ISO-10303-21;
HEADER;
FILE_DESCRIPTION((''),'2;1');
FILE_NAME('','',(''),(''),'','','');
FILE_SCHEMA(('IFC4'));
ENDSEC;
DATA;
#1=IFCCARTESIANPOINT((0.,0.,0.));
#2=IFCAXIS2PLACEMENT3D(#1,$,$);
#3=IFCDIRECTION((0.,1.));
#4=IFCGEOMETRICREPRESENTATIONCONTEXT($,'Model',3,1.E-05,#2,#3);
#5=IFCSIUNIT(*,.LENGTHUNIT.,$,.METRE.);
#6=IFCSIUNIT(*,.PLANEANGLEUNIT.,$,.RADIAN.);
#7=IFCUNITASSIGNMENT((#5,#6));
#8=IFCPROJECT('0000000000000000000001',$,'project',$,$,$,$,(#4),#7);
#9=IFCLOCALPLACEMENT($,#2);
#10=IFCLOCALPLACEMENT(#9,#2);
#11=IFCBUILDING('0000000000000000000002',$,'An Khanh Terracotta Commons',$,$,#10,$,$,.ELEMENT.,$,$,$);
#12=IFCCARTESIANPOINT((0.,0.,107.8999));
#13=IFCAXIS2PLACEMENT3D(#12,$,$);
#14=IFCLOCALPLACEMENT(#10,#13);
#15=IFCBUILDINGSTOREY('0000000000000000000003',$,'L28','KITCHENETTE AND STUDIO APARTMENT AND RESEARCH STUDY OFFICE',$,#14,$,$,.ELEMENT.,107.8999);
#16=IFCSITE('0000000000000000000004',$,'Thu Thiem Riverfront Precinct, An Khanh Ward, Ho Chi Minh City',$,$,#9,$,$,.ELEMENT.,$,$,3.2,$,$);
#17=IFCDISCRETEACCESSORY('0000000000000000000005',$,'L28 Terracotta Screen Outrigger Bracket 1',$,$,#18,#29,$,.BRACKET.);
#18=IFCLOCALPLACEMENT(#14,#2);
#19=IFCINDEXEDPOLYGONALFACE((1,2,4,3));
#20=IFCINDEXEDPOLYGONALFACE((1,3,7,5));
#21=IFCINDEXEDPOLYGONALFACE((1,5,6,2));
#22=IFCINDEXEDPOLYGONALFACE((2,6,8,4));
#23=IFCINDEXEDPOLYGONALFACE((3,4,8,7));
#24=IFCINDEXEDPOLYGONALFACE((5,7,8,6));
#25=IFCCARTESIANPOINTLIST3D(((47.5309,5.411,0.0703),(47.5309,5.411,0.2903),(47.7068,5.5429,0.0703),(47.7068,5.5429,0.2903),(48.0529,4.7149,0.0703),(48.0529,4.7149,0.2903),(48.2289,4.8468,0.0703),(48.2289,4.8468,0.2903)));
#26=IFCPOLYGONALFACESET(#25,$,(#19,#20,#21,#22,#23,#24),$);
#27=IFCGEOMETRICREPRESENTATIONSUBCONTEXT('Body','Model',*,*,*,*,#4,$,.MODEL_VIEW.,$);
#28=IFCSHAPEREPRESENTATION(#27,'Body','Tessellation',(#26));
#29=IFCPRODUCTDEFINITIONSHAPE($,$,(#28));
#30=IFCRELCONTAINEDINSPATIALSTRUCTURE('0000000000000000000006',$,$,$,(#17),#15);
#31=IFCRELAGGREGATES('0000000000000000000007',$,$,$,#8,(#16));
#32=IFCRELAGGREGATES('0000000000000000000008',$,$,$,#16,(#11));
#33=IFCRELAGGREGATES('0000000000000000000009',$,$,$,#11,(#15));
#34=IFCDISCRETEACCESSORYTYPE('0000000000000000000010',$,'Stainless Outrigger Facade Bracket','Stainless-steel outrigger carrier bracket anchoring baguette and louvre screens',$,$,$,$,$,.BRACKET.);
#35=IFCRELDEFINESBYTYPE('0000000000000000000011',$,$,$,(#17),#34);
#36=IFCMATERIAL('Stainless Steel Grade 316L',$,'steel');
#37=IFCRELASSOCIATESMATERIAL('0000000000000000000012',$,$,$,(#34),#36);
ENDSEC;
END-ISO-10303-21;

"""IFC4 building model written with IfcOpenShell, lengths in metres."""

from ifc_helpers import new_model, si_unit, direction, frame, origin, origin_2d, place, context, subcontext, project, spatial, rectangle, extrude, material, type_object, element, save


model = new_model("IFC4")

# Units and contexts
model_context = context("Model", 3, precision=1e-05, world=origin(), true_north=direction((0.0, 1.0)))
body_context = subcontext(model_context, "Body", "Model", "MODEL_VIEW")
ifc_project = project(units=[si_unit("LENGTHUNIT", "METRE"), si_unit("PLANEANGLEUNIT", "RADIAN")], contexts=[model_context])

# Site, building, storey
site_placement = place(None, origin())
site = spatial("IfcSite", under=ifc_project, at=site_placement, Name="Thu Thiem Riverfront Precinct, An Khanh Ward, Ho Chi Minh City", CompositionType="ELEMENT", RefElevation=3.2)
building_placement = place(site_placement, origin())
building = spatial("IfcBuilding", under=site, at=building_placement, Name="An Khanh Terracotta Commons", CompositionType="ELEMENT")
storey_placement = place(building_placement, frame((0.0, 0.0, 107.8999)))
storey = spatial("IfcBuildingStorey", under=building, at=storey_placement, Name="L28", Description="KITCHENETTE AND STUDIO APARTMENT AND RESEARCH STUDY OFFICE", CompositionType="ELEMENT", Elevation=107.8999)

# Discrete accessory
ifc_material_1 = material(Name="Stainless Steel Grade 316L", Category="steel")
discrete_accessory_type = type_object("IfcDiscreteAccessoryType", Name="Stainless Outrigger Facade Bracket", Description="Stainless-steel outrigger carrier bracket anchoring baguette and louvre screens", PredefinedType="BRACKET", material=ifc_material_1)
discrete_accessory_placement = place(storey_placement, frame((47.8799, 5.1289, 0.0703), z_axis=(0.0, 0.0, 1.0), x_axis=(0.800013, 0.599983, 0.0)))
element("IfcDiscreteAccessory", 1, at=discrete_accessory_placement, inside=storey, type_object=discrete_accessory_type, Name="L28 Terracotta Screen Outrigger Bracket 1", PredefinedType="BRACKET", context=body_context, shape_type="SweptSolid", body=[
    extrude(rectangle(XDim=0.22, YDim=0.8701, at=origin_2d()), origin(), (0.0, 0.0, 1.0), 0.22),
])

save(model, "model.ifc")
